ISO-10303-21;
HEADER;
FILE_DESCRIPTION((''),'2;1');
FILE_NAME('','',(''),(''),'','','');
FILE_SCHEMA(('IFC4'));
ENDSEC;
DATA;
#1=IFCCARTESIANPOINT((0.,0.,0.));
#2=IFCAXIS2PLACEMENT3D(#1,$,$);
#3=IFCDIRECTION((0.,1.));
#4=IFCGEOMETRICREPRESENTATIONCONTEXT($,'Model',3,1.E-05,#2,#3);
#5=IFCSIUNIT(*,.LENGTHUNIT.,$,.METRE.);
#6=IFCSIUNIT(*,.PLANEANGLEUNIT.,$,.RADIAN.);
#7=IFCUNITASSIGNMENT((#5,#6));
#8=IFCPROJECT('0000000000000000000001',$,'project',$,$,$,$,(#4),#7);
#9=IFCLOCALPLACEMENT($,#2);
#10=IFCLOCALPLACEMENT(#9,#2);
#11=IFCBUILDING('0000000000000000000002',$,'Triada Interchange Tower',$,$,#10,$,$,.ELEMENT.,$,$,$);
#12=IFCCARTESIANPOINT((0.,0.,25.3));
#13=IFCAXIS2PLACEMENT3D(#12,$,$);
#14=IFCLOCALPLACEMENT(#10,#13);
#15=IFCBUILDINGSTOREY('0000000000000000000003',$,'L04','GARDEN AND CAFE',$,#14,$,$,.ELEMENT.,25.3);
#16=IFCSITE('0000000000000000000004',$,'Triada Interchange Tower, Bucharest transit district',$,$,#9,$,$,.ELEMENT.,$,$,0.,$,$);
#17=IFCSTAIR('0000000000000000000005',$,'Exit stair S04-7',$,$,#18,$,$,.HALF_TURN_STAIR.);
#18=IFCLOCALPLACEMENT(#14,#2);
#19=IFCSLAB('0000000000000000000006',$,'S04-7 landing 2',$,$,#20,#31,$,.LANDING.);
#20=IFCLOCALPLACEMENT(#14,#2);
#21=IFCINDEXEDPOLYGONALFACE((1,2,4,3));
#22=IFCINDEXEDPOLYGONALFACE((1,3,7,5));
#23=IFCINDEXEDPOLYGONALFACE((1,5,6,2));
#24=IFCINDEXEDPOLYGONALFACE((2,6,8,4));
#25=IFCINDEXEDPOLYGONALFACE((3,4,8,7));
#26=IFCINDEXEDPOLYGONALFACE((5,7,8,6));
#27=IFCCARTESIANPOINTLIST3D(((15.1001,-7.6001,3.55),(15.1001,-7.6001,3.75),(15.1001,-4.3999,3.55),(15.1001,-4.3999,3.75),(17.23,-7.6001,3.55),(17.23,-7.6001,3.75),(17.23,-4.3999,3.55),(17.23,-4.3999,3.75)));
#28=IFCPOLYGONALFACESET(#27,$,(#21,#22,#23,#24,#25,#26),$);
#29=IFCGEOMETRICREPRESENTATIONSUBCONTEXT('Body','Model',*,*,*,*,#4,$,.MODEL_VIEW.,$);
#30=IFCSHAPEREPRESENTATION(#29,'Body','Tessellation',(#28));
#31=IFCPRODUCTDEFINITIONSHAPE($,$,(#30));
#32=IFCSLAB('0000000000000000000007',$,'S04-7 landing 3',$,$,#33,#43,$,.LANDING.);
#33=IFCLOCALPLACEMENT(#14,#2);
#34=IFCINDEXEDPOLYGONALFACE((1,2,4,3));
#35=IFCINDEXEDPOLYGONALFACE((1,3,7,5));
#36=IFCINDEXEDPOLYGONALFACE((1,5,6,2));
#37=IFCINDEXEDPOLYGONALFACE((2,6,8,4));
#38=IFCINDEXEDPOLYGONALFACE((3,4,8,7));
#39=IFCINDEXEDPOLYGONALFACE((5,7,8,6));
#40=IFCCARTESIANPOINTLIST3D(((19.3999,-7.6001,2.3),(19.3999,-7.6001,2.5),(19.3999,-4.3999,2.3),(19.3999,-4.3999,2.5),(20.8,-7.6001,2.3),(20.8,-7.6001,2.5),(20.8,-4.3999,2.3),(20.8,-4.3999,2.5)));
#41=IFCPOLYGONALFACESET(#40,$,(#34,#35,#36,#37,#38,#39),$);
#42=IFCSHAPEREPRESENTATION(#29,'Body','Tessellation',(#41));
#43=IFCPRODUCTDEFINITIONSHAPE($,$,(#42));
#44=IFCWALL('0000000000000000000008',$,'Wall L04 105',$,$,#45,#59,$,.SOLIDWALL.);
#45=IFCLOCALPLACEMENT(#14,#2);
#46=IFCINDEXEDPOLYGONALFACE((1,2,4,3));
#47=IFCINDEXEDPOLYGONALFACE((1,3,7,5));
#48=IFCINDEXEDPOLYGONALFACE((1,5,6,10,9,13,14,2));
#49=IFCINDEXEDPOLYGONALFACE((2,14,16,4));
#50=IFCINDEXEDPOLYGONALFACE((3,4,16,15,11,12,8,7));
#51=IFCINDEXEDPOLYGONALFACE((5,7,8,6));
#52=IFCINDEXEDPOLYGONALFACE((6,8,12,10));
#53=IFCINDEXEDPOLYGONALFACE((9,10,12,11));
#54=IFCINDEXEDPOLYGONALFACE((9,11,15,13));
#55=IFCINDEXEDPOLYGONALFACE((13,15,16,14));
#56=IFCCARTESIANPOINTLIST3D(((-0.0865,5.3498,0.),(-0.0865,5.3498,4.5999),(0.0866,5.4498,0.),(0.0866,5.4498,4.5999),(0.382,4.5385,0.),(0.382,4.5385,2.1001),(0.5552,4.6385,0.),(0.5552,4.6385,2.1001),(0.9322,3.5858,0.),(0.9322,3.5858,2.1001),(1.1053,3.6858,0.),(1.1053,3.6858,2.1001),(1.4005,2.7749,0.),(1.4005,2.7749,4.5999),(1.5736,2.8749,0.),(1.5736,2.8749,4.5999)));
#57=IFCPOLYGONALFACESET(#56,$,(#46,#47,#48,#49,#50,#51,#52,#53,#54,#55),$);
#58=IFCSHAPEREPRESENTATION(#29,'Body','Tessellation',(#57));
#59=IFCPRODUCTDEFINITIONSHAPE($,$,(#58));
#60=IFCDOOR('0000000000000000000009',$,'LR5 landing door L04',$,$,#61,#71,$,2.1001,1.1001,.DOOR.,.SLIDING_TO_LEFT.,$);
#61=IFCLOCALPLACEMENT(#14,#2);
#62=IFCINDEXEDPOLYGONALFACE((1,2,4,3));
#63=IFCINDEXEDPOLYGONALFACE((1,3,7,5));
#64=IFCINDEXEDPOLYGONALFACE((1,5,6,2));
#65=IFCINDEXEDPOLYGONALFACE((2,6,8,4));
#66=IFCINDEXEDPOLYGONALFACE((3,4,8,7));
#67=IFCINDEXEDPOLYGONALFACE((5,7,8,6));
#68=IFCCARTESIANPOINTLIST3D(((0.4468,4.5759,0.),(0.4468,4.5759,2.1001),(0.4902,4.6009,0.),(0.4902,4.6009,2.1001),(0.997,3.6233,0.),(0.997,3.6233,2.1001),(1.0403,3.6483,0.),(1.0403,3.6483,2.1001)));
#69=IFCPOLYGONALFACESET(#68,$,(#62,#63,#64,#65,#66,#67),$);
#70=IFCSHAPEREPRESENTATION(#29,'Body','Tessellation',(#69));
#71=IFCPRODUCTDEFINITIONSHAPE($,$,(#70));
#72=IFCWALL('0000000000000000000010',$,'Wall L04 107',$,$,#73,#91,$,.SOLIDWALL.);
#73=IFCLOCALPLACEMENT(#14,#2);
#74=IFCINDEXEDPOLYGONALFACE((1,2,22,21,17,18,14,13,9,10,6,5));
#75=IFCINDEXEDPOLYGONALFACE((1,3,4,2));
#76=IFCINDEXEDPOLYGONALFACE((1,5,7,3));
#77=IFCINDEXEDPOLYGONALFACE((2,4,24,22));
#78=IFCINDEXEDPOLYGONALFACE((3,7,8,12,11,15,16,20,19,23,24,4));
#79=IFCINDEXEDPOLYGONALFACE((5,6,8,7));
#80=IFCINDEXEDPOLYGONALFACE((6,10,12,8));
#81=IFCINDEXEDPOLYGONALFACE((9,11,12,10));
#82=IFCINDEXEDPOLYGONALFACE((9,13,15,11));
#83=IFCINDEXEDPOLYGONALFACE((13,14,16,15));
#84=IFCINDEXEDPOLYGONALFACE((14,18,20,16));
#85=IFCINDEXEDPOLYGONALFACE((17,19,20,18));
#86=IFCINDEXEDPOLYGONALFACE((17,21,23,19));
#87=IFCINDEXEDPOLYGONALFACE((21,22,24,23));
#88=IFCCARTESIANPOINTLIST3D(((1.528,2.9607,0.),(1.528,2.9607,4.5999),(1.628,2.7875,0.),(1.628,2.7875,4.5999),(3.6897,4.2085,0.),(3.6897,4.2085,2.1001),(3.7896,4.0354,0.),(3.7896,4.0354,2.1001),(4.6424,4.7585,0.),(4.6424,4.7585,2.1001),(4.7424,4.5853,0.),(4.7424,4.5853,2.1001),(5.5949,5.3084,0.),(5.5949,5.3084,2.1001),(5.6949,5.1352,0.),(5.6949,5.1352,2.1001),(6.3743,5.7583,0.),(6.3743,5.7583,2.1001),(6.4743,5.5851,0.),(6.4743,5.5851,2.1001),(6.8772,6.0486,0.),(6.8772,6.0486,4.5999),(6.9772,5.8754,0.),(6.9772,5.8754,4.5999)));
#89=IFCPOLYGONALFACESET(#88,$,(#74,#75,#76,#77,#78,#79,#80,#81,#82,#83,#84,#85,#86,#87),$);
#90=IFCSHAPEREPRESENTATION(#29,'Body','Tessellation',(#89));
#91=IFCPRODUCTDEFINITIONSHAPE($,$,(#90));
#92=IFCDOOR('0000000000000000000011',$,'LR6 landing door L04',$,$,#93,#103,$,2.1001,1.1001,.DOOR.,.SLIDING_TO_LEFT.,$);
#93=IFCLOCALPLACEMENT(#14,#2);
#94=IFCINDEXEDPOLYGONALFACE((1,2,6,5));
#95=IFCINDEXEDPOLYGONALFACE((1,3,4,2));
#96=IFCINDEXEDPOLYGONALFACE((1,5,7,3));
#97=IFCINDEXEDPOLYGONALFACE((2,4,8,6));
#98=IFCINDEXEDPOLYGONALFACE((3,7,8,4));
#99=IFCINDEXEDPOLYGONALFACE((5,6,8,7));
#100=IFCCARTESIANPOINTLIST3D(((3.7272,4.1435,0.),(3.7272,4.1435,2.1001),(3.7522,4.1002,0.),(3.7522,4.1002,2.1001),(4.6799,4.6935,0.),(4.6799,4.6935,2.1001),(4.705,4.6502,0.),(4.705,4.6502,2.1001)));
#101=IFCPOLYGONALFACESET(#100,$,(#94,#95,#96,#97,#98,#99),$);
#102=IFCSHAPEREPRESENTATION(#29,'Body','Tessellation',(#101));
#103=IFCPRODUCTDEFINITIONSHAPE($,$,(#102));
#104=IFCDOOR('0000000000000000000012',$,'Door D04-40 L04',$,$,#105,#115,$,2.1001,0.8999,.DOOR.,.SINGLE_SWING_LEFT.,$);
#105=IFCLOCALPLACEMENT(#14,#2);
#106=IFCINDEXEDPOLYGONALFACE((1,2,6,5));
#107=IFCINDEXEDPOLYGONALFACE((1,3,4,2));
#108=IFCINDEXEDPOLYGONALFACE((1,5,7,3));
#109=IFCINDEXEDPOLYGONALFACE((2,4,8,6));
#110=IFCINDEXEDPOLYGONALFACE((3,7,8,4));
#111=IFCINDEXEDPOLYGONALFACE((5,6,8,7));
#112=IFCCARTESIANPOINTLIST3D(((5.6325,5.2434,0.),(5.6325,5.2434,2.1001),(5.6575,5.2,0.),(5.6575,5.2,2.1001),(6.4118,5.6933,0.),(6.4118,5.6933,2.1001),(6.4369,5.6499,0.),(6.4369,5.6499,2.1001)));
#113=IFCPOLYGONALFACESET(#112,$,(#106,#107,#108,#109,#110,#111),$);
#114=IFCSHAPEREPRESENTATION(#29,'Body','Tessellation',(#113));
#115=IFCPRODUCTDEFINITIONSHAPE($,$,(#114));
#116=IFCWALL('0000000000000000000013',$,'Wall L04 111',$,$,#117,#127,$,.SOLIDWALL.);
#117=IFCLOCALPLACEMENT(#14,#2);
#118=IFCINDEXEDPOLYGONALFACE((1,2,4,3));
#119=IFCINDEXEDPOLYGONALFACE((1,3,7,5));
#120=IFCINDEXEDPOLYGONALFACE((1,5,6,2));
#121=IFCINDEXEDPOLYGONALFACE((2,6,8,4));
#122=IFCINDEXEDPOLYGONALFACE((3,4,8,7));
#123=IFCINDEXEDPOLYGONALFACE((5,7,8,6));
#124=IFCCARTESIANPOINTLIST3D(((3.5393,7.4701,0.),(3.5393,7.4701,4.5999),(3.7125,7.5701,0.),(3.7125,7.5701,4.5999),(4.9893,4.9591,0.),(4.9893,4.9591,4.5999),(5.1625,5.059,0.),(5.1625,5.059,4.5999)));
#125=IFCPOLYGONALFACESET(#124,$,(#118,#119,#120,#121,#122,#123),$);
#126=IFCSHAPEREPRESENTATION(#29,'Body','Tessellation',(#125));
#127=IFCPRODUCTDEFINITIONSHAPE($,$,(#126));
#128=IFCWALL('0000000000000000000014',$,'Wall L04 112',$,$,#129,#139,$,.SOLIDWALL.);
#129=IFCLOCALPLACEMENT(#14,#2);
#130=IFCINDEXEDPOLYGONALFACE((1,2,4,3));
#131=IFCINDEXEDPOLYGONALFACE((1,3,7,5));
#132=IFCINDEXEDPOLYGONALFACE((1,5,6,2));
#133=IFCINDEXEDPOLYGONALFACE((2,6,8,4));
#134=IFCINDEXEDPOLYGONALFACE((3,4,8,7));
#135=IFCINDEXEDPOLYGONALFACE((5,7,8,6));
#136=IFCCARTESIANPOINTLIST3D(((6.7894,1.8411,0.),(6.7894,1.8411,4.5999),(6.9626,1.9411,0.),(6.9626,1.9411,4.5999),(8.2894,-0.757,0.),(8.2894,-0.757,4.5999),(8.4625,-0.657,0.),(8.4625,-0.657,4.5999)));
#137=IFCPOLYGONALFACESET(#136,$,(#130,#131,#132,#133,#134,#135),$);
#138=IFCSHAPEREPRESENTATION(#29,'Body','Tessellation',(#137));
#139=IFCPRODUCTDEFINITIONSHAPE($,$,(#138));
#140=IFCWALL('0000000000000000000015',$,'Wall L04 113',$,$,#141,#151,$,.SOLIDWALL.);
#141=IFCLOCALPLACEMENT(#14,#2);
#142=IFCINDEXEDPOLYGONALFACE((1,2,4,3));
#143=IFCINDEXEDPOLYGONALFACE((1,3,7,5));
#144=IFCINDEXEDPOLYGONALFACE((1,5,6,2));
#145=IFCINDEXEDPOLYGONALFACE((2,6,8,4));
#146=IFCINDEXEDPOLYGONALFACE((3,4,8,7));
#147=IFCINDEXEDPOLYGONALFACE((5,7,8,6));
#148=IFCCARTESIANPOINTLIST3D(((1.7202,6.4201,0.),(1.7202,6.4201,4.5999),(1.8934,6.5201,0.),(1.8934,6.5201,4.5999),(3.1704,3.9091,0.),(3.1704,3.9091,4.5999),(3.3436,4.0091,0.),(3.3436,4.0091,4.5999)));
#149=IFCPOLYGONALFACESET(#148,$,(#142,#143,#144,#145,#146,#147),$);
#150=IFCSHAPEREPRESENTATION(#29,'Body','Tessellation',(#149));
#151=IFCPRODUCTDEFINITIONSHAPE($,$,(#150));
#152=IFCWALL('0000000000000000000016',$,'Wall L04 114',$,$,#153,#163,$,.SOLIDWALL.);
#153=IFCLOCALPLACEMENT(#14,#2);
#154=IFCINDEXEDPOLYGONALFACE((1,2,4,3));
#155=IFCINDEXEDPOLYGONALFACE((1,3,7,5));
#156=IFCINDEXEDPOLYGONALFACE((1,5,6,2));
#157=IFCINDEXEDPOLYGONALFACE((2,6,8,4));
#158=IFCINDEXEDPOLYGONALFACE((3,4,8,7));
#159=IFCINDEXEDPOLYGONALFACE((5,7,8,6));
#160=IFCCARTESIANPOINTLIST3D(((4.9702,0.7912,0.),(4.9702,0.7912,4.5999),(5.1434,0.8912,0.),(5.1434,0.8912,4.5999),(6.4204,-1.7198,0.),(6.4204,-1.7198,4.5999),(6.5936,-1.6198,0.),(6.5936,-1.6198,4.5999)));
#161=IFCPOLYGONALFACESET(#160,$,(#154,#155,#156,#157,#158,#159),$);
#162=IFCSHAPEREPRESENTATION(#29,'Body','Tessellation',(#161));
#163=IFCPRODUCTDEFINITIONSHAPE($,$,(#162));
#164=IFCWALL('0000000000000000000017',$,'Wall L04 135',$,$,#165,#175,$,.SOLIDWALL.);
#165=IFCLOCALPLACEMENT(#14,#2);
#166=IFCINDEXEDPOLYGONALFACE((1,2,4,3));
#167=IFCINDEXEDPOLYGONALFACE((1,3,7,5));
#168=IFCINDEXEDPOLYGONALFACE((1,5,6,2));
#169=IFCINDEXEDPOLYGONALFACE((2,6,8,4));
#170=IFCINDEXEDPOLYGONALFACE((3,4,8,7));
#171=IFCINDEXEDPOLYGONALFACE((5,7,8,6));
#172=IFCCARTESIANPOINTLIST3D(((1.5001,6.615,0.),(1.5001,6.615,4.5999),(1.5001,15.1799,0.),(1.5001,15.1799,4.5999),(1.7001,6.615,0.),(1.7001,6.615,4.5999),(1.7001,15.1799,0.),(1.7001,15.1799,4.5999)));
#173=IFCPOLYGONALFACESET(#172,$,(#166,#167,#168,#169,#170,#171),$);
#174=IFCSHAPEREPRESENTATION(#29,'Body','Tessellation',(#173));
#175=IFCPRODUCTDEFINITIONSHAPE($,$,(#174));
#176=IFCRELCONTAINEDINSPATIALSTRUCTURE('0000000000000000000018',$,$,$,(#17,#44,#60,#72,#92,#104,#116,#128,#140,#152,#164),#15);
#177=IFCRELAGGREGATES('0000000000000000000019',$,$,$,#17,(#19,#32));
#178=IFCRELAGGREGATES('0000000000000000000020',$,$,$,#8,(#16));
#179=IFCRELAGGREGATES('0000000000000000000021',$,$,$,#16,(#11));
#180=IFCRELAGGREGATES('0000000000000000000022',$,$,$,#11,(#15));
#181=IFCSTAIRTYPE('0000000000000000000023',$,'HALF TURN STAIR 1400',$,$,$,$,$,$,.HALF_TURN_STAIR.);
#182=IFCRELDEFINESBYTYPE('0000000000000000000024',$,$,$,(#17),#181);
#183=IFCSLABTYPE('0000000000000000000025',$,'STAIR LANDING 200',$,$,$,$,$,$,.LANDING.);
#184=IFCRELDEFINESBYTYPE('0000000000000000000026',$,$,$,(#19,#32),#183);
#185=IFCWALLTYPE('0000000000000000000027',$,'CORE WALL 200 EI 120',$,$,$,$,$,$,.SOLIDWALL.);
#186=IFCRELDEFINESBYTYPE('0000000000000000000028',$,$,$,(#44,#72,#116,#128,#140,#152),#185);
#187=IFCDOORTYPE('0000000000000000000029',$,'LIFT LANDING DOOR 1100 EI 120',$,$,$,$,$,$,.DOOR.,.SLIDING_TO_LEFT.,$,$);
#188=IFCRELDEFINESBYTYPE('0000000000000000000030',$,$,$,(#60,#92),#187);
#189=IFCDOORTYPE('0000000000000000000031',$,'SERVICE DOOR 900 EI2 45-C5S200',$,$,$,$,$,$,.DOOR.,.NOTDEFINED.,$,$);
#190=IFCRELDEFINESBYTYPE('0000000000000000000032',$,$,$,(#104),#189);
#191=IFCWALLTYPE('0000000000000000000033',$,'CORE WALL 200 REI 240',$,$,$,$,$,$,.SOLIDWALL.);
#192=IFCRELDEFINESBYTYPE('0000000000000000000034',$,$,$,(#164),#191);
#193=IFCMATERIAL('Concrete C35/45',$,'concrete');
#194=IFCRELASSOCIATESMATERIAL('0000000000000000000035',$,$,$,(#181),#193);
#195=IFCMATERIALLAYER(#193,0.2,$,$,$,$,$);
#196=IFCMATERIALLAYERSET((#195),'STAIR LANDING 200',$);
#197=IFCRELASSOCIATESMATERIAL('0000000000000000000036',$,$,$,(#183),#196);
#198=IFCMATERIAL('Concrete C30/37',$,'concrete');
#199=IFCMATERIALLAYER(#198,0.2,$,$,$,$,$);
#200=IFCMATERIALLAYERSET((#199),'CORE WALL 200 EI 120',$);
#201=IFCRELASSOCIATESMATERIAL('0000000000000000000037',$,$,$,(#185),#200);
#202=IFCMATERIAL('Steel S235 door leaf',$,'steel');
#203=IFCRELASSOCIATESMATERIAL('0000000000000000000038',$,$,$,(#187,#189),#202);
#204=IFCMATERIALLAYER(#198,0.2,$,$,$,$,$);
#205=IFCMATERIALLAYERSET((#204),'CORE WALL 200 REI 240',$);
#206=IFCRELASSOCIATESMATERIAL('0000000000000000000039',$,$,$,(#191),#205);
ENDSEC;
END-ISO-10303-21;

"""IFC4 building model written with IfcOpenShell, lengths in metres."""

from ifc_helpers import new_model, si_unit, direction, frame, frame_2d, origin, place, context, subcontext, project, spatial, polyline, rectangle, outline, extrude, material, layer, layer_set, type_object, element, fill, aggregate, save


model = new_model("IFC4")

# Units and contexts
model_context = context("Model", 3, precision=1e-05, world=origin(), true_north=direction((0.0, 1.0)))
body_context = subcontext(model_context, "Body", "Model", "MODEL_VIEW")
ifc_project = project(units=[si_unit("LENGTHUNIT", "METRE"), si_unit("PLANEANGLEUNIT", "RADIAN")], contexts=[model_context])

# Site, building, storey
site_placement = place(None, origin())
site = spatial("IfcSite", under=ifc_project, at=site_placement, Name="Triada Interchange Tower, Bucharest transit district", CompositionType="ELEMENT", RefElevation=0.0)
building_placement = place(site_placement, origin())
building = spatial("IfcBuilding", under=site, at=building_placement, Name="Triada Interchange Tower", CompositionType="ELEMENT")
storey_placement = place(building_placement, frame((0.0, 0.0, 25.3)))
storey = spatial("IfcBuildingStorey", under=building, at=storey_placement, Name="L04", Description="GARDEN AND CAFE", CompositionType="ELEMENT", Elevation=25.3)

# Shared definitions
ifc_material_1 = material(Name="Concrete C35/45", Category="concrete")
stair_type = type_object("IfcStairType", Name="HALF TURN STAIR 1400", PredefinedType="HALF_TURN_STAIR", material=ifc_material_1)
ifc_layer_1 = layer(ifc_material_1, 0.2)
ifc_layer_set_1 = layer_set([ifc_layer_1], Name="STAIR LANDING 200")
slab_type_1 = type_object("IfcSlabType", Name="STAIR LANDING 200", PredefinedType="LANDING", material=ifc_layer_set_1)

# Stair, slabs
stair_1_placement = place(storey_placement, origin())
stair_1 = element("IfcStair", 1, at=stair_1_placement, inside=storey, type_object=stair_type, Name="Exit stair S04-7", PredefinedType="HALF_TURN_STAIR")
slab_1_placement = place(storey_placement, frame((0.0, 0.0, 3.55)))
slab_1 = element("IfcSlab", 2, at=slab_1_placement, type_object=slab_type_1, Name="S04-7 landing 2", PredefinedType="LANDING", context=body_context, shape_type="SweptSolid", body=[
    extrude(outline(polyline([(15.1001, -7.6001), (17.23, -7.6001), (17.23, -4.3999), (15.1001, -4.3999), (15.1001, -7.6001)])), origin(), (0.0, 0.0, 1.0), 0.2),
])
slab_2_placement = place(storey_placement, frame((0.0, 0.0, 2.3)))
slab_2 = element("IfcSlab", 3, at=slab_2_placement, type_object=slab_type_1, Name="S04-7 landing 3", PredefinedType="LANDING", context=body_context, shape_type="SweptSolid", body=[
    extrude(outline(polyline([(19.3999, -7.6001), (20.8, -7.6001), (20.8, -4.3999), (19.3999, -4.3999), (19.3999, -7.6001)])), origin(), (0.0, 0.0, 1.0), 0.2),
])
aggregate(stair_1, [slab_1, slab_2])

# Wall, opening, door
ifc_material_2 = material(Name="Concrete C30/37", Category="concrete")
ifc_layer_2 = layer(ifc_material_2, 0.2)
ifc_layer_set_2 = layer_set([ifc_layer_2], Name="CORE WALL 200 EI 120")
wall_type_1 = type_object("IfcWallType", Name="CORE WALL 200 EI 120", PredefinedType="SOLIDWALL", material=ifc_layer_set_2)
wall_1_placement = place(storey_placement, frame((0.0, 5.3999, 0.0), z_axis=(0.0, 0.0, 1.0), x_axis=(0.500104, -0.865965, 0.0)))
wall_1 = element("IfcWall", 4, at=wall_1_placement, inside=storey, type_object=wall_type_1, Name="Wall L04 105", PredefinedType="SOLIDWALL", context=body_context, shape_type="SweptSolid", body=[
    extrude(rectangle(XDim=2.9734, YDim=0.2, at=frame_2d((1.4868, 0.0))), origin(), (0.0, 0.0, 1.0), 4.5999),
])
opening_1_placement = place(wall_1_placement, frame((0.937, 0.0, 0.0)))
opening_1 = element("IfcOpeningElement", 5, at=opening_1_placement, cuts=wall_1, PredefinedType="OPENING", context=body_context, shape_type="SweptSolid", body=[
    extrude(rectangle(XDim=1.1001, YDim=2.1001, at=frame_2d((0.55, 1.05))), frame((0.0, 0.1099, 0.0), z_axis=(0.0, -1.0, 0.0), x_axis=(1.0, 0.0, 0.0)), (0.0, 0.0, 1.0), 0.22),
])
ifc_material_3 = material(Name="Steel S235 door leaf", Category="steel")
door_type_1 = type_object("IfcDoorType", Name="LIFT LANDING DOOR 1100 EI 120", OperationType="SLIDING_TO_LEFT", PredefinedType="DOOR", material=ifc_material_3)
door_1_placement = place(opening_1_placement, origin())
door_1 = element("IfcDoor", 6, at=door_1_placement, inside=storey, type_object=door_type_1, Name="LR5 landing door L04", OperationType="SLIDING_TO_LEFT", OverallHeight=2.1001, OverallWidth=1.1001, PredefinedType="DOOR", context=body_context, shape_type="SweptSolid", body=[
    extrude(rectangle(XDim=1.1001, YDim=2.1001, at=frame_2d((0.55, 1.05))), frame((0.0, 0.0249, 0.0), z_axis=(0.0, -1.0, 0.0), x_axis=(1.0, 0.0, 0.0)), (0.0, 0.0, 1.0), 0.05),
])
fill(opening_1, door_1)

# Wall, openings, doors
wall_2_placement = place(storey_placement, frame((1.5779, 2.874, 0.0), z_axis=(0.0, 0.0, 1.0), x_axis=(0.866055, 0.499948, 0.0)))
wall_2 = element("IfcWall", 7, at=wall_2_placement, inside=storey, type_object=wall_type_1, Name="Wall L04 107", PredefinedType="SOLIDWALL", context=body_context, shape_type="SweptSolid", body=[
    extrude(rectangle(XDim=6.1765, YDim=0.2, at=frame_2d((3.0884, 0.0))), origin(), (0.0, 0.0, 1.0), 4.5999),
])
opening_2_placement = place(wall_2_placement, frame((2.4961, 0.0, 0.0)))
opening_2 = element("IfcOpeningElement", 8, at=opening_2_placement, cuts=wall_2, PredefinedType="OPENING", context=body_context, shape_type="SweptSolid", body=[
    extrude(rectangle(XDim=1.1001, YDim=2.1001, at=frame_2d((0.55, 1.05))), frame((0.0, 0.1099, 0.0), z_axis=(0.0, -1.0, 0.0), x_axis=(1.0, 0.0, 0.0)), (0.0, 0.0, 1.0), 0.22),
])
opening_3_placement = place(wall_2_placement, frame((4.696, 0.0, 0.0)))
opening_3 = element("IfcOpeningElement", 9, at=opening_3_placement, cuts=wall_2, PredefinedType="OPENING", context=body_context, shape_type="SweptSolid", body=[
    extrude(rectangle(XDim=0.8999, YDim=2.1001, at=frame_2d((0.45, 1.05))), frame((0.0, 0.1099, 0.0), z_axis=(0.0, -1.0, 0.0), x_axis=(1.0, 0.0, 0.0)), (0.0, 0.0, 1.0), 0.22),
])
door_2_placement = place(opening_2_placement, origin())
door_2 = element("IfcDoor", 10, at=door_2_placement, inside=storey, type_object=door_type_1, Name="LR6 landing door L04", OperationType="SLIDING_TO_LEFT", OverallHeight=2.1001, OverallWidth=1.1001, PredefinedType="DOOR", context=body_context, shape_type="SweptSolid", body=[
    extrude(rectangle(XDim=1.1001, YDim=2.1001, at=frame_2d((0.55, 1.05))), frame((0.0, 0.0249, 0.0), z_axis=(0.0, -1.0, 0.0), x_axis=(1.0, 0.0, 0.0)), (0.0, 0.0, 1.0), 0.05),
])
fill(opening_2, door_2)
door_type_2 = type_object("IfcDoorType", Name="SERVICE DOOR 900 EI2 45-C5S200", OperationType="NOTDEFINED", PredefinedType="DOOR", material=ifc_material_3)
door_3_placement = place(opening_3_placement, origin())
door_3 = element("IfcDoor", 11, at=door_3_placement, inside=storey, type_object=door_type_2, Name="Door D04-40 L04", OperationType="SINGLE_SWING_LEFT", OverallHeight=2.1001, OverallWidth=0.8999, PredefinedType="DOOR", context=body_context, shape_type="SweptSolid", body=[
    extrude(rectangle(XDim=0.8999, YDim=2.1001, at=frame_2d((0.45, 1.05))), frame((0.0, 0.0249, 0.0), z_axis=(0.0, -1.0, 0.0), x_axis=(1.0, 0.0, 0.0)), (0.0, 0.0, 1.0), 0.05),
])
fill(opening_3, door_3)

# Walls
wall_3_placement = place(storey_placement, frame((3.626, 7.52, 0.0), z_axis=(0.0, 0.0, 1.0), x_axis=(0.50006, -0.865991, 0.0)))
element("IfcWall", 12, at=wall_3_placement, inside=storey, type_object=wall_type_1, Name="Wall L04 111", PredefinedType="SOLIDWALL", context=body_context, shape_type="SweptSolid", body=[
    extrude(rectangle(XDim=2.8997, YDim=0.2, at=frame_2d((1.4497, 0.0))), origin(), (0.0, 0.0, 1.0), 4.5999),
])
wall_4_placement = place(storey_placement, frame((6.876, 1.8911, 0.0), z_axis=(0.0, 0.0, 1.0), x_axis=(0.49999, -0.866031, 0.0)))
element("IfcWall", 13, at=wall_4_placement, inside=storey, type_object=wall_type_1, Name="Wall L04 112", PredefinedType="SOLIDWALL", context=body_context, shape_type="SweptSolid", body=[
    extrude(rectangle(XDim=3.0, YDim=0.2, at=frame_2d((1.5, 0.0))), origin(), (0.0, 0.0, 1.0), 4.5999),
])
for number, where, z_axis, x_axis, name in (
    (14, (1.8069, 6.47, 0.0), (0.0, 0.0, 1.0), (0.500123, -0.865954, 0.0), "Wall L04 113"),
    (15, (5.0569, 0.8411, 0.0), (0.0, 0.0, 1.0), (0.500123, -0.865954, 0.0), "Wall L04 114"),
):
    element("IfcWall", number, at=place(storey_placement, frame(where, z_axis=z_axis, x_axis=x_axis)), inside=storey, type_object=wall_type_1, Name=name, PredefinedType="SOLIDWALL", context=body_context, shape_type="SweptSolid", body=[
        extrude(rectangle(XDim=2.8997, YDim=0.2, at=frame_2d((1.4497, 0.0))), origin(), (0.0, 0.0, 1.0), 4.5999),
    ])
ifc_layer_3 = layer(ifc_material_2, 0.2)
ifc_layer_set_3 = layer_set([ifc_layer_3], Name="CORE WALL 200 REI 240")
wall_type_2 = type_object("IfcWallType", Name="CORE WALL 200 REI 240", PredefinedType="SOLIDWALL", material=ifc_layer_set_3)
wall_5_placement = place(storey_placement, frame((1.6001, 6.615, 0.0), z_axis=(0.0, 0.0, 1.0), x_axis=(0.0, 1.0, 0.0)))
element("IfcWall", 16, at=wall_5_placement, inside=storey, type_object=wall_type_2, Name="Wall L04 135", PredefinedType="SOLIDWALL", context=body_context, shape_type="SweptSolid", body=[
    extrude(rectangle(XDim=8.5649, YDim=0.2, at=frame_2d((4.2825, 0.0))), origin(), (0.0, 0.0, 1.0), 4.5999),
])

save(model, "model.ifc")
